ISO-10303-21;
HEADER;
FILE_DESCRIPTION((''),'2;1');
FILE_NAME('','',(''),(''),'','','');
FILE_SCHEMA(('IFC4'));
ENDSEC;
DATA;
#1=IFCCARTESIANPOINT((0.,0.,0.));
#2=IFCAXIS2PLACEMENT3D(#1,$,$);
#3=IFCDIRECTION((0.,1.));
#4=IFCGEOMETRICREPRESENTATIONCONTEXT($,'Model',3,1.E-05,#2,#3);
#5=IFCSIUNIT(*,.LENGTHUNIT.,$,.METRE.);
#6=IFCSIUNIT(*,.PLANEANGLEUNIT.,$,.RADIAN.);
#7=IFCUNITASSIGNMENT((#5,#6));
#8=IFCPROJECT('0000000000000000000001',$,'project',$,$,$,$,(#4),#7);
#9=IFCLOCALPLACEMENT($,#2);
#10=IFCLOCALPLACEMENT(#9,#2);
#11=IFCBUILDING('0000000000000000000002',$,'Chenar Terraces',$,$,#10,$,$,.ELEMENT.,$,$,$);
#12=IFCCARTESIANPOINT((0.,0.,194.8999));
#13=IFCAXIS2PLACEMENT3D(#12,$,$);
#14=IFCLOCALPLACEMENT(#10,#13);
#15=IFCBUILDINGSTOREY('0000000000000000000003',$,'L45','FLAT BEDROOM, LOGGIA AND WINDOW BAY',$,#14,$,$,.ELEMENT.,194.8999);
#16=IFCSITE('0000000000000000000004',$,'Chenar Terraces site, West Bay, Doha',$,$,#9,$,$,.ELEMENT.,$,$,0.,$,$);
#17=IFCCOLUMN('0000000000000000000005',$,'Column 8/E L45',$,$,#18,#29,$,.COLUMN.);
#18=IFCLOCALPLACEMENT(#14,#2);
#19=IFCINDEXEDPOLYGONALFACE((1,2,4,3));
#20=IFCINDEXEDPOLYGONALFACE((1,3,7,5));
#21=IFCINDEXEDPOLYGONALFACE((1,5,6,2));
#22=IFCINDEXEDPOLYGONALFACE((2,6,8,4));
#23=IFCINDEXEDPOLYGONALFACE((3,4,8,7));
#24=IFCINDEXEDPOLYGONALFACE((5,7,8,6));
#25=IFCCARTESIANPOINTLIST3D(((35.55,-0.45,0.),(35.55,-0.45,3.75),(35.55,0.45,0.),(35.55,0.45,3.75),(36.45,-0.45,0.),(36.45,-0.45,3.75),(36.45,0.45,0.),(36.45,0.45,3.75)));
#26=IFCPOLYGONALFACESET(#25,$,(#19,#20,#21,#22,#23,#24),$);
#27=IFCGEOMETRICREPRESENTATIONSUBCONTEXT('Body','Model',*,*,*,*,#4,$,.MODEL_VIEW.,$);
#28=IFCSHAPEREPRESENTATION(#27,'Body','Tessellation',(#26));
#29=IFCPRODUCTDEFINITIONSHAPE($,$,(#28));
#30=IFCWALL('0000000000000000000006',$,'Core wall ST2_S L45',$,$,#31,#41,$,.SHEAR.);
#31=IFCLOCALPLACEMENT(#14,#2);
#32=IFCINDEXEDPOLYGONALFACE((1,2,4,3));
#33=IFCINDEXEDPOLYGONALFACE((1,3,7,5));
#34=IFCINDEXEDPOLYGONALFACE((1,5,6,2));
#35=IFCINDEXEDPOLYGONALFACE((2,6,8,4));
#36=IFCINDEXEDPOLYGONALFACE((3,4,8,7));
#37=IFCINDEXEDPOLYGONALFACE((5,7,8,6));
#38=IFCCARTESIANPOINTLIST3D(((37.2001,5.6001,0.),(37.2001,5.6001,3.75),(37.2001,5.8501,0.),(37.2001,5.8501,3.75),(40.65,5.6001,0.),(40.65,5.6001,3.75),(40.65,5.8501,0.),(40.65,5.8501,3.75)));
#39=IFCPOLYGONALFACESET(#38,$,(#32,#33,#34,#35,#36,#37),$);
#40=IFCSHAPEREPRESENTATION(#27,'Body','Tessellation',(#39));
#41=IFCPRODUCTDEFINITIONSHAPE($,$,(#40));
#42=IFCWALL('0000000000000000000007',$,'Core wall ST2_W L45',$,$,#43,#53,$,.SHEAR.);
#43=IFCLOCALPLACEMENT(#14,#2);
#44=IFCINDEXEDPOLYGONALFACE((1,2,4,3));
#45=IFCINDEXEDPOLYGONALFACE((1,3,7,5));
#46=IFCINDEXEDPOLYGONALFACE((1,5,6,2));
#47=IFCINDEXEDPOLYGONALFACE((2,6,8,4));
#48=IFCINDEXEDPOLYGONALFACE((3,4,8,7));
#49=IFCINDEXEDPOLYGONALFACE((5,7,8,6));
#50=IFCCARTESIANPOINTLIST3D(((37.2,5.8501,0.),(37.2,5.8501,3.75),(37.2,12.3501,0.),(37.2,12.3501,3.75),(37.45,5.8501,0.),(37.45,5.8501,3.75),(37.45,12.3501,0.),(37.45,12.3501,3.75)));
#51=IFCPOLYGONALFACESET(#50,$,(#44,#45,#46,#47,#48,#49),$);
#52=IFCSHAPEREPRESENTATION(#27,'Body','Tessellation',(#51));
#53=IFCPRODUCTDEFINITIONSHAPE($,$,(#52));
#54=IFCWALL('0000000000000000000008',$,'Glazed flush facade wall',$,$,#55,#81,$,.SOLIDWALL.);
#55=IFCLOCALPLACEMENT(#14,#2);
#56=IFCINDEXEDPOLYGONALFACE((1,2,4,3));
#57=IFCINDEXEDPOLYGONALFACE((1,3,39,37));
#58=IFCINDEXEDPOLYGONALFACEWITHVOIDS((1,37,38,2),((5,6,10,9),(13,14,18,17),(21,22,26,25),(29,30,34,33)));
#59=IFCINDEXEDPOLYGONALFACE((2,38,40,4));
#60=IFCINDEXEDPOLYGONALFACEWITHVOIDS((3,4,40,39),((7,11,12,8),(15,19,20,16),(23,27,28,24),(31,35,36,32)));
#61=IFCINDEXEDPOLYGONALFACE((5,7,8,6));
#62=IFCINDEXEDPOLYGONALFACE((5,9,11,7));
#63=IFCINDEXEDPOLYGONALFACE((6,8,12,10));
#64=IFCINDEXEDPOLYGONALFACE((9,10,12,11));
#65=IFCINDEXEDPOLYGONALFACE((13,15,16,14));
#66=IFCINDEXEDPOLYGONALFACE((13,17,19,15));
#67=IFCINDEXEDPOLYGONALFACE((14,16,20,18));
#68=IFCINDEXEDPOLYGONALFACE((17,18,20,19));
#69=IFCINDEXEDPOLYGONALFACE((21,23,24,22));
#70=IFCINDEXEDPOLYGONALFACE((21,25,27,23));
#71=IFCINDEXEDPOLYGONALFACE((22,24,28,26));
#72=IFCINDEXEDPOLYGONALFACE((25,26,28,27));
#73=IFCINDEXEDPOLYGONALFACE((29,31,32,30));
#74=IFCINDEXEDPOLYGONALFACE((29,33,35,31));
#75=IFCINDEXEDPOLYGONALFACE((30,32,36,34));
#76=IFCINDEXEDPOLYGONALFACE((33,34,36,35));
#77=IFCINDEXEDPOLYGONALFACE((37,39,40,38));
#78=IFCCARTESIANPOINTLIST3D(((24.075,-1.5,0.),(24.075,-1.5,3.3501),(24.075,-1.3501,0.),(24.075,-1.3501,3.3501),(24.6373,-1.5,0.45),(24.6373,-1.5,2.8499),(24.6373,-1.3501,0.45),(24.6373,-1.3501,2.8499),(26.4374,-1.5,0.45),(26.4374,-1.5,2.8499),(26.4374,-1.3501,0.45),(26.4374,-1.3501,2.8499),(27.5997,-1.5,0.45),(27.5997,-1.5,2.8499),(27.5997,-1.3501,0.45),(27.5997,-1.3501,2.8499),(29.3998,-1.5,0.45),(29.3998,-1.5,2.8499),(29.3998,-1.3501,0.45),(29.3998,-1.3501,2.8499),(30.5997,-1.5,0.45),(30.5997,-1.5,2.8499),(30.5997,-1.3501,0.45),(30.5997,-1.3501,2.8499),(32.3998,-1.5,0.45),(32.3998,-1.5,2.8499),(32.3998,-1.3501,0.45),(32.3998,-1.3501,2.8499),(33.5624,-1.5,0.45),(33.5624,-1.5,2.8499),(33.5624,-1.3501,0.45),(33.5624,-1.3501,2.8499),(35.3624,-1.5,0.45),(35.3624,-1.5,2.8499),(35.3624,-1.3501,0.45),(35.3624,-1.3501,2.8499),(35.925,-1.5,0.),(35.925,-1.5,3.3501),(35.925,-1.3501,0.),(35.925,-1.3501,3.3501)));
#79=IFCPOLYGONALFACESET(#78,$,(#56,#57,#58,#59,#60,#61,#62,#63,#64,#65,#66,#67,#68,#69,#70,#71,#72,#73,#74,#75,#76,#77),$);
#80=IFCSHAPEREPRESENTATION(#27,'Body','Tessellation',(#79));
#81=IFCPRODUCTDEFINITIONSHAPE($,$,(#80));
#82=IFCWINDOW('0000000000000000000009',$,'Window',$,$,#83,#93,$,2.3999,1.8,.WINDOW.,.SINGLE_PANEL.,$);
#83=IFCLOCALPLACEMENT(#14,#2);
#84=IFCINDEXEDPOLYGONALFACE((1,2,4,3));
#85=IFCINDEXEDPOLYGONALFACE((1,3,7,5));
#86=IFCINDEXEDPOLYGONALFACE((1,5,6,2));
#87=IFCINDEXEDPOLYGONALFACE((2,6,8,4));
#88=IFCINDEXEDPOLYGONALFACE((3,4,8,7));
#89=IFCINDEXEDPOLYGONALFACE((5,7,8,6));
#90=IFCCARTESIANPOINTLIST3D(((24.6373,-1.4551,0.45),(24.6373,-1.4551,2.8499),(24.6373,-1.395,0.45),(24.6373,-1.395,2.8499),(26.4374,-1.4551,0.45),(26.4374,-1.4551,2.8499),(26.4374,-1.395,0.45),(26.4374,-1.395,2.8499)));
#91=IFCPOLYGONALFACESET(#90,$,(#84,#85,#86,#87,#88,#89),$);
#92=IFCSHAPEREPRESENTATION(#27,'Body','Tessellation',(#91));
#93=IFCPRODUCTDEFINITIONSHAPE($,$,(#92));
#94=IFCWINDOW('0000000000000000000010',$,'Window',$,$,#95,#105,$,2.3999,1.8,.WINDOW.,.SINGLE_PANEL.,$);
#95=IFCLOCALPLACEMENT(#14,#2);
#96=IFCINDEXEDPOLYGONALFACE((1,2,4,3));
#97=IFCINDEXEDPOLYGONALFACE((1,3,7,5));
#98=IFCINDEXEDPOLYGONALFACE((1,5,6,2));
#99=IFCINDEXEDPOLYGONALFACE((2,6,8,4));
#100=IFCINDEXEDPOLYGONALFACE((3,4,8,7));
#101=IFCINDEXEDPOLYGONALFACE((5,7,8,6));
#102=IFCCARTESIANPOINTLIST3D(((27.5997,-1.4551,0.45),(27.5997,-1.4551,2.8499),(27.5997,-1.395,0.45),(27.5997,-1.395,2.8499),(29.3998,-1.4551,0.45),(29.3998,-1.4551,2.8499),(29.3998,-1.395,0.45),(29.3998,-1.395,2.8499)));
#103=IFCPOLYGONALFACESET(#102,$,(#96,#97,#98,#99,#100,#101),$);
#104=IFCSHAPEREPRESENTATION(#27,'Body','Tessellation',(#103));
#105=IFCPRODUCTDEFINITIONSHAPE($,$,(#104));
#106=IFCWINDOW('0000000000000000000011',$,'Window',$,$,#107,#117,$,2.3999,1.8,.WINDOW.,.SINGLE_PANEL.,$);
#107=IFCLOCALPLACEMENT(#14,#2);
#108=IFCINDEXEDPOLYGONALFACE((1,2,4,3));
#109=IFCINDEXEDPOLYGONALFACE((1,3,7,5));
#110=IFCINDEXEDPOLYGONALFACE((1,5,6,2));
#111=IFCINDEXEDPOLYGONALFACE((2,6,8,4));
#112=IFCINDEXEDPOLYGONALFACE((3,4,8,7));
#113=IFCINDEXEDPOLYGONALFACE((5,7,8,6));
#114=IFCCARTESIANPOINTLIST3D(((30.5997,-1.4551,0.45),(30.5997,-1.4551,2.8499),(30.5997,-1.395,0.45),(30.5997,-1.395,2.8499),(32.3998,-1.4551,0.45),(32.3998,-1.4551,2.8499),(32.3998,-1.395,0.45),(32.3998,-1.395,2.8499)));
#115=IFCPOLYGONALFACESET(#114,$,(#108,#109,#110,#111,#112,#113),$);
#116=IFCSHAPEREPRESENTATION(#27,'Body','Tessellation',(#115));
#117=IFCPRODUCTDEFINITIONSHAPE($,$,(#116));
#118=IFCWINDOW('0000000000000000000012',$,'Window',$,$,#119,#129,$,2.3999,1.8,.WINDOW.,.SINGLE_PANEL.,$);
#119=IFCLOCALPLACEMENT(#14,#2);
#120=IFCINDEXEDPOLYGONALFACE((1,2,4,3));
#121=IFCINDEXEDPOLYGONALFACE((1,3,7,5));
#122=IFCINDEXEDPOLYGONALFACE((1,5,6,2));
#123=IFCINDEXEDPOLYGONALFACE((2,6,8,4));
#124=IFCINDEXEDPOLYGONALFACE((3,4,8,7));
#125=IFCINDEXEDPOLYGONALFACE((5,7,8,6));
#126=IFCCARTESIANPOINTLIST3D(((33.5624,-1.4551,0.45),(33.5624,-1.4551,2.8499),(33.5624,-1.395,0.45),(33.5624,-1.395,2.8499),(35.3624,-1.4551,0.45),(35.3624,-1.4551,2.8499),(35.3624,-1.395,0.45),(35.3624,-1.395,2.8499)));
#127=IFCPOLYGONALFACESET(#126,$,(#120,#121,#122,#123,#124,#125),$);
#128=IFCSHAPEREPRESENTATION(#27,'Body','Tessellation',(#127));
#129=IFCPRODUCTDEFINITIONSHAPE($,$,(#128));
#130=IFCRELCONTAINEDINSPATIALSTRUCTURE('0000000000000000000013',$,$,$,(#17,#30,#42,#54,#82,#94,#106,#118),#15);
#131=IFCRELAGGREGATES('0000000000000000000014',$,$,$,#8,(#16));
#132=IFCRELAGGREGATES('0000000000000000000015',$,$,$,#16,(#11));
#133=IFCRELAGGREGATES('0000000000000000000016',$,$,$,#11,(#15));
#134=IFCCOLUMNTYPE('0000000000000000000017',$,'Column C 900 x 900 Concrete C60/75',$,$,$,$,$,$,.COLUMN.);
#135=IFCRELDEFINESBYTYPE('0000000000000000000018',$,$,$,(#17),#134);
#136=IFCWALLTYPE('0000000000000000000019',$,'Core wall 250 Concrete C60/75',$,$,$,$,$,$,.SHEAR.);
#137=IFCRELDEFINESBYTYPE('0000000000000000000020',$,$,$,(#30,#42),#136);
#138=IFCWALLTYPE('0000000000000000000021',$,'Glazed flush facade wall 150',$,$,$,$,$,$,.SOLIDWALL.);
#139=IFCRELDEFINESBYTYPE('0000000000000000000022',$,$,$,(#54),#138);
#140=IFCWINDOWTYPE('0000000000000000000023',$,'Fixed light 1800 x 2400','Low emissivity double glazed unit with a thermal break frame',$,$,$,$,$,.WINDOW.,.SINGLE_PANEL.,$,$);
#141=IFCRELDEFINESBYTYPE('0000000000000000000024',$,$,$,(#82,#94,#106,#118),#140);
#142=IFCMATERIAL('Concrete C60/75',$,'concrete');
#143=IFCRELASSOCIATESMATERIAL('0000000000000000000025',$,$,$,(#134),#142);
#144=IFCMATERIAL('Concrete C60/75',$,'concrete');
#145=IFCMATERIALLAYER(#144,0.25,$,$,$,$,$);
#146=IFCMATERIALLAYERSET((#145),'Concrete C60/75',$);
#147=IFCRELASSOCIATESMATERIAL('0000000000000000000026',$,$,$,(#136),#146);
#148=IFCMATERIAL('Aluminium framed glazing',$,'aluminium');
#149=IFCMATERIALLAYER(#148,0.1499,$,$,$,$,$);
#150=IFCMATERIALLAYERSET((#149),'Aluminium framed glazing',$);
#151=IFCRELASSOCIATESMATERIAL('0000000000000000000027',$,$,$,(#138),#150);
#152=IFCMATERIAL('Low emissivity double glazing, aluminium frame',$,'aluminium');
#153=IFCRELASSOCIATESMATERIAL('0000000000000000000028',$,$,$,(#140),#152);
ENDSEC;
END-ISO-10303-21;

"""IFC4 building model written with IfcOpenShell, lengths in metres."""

from ifc_helpers import new_model, si_unit, direction, frame, frame_2d, origin, origin_2d, place, context, subcontext, project, spatial, rectangle, extrude, material, layer, layer_set, material_profile, profile_set, type_object, element, fill, save


model = new_model("IFC4")

# Units and contexts
model_context = context("Model", 3, precision=1e-05, world=origin(), true_north=direction((0.0, 1.0)))
body_context = subcontext(model_context, "Body", "Model", "MODEL_VIEW")
ifc_project = project(units=[si_unit("LENGTHUNIT", "METRE"), si_unit("PLANEANGLEUNIT", "RADIAN")], contexts=[model_context])

# Site, building, storey
site_placement = place(None, origin())
site = spatial("IfcSite", under=ifc_project, at=site_placement, Name="Chenar Terraces site, West Bay, Doha", CompositionType="ELEMENT", RefElevation=0.0)
building_placement = place(site_placement, origin())
building = spatial("IfcBuilding", under=site, at=building_placement, Name="Chenar Terraces", CompositionType="ELEMENT")
storey_placement = place(building_placement, frame((0.0, 0.0, 194.8999)))
storey = spatial("IfcBuildingStorey", under=building, at=storey_placement, Name="L45", Description="FLAT BEDROOM, LOGGIA AND WINDOW BAY", CompositionType="ELEMENT", Elevation=194.8999)

# Column
ifc_material_1 = material(Name="Concrete C60/75", Category="concrete")
ifc_material_profile_1 = material_profile(ifc_material_1, rectangle(XDim=0.8999, YDim=0.8999, at=origin_2d()), Name="C 900 x 900")
ifc_profile_set_1 = profile_set([ifc_material_profile_1], Name="Concrete C60/75")
column_type = type_object("IfcColumnType", Name="Column C 900 x 900 Concrete C60/75", PredefinedType="COLUMN", material=ifc_profile_set_1)
column_placement = place(storey_placement, frame((36.0, 0.0, 0.0), z_axis=(0.0, 0.0, 1.0), x_axis=(1.0, 0.0, 0.0)))
element("IfcColumn", 1, at=column_placement, inside=storey, type_object=column_type, Name="Column 8/E L45", PredefinedType="COLUMN", context=body_context, shape_type="SweptSolid", body=[
    extrude(rectangle(XDim=0.8999, YDim=0.8999, at=origin_2d()), origin(), (0.0, 0.0, 1.0), 3.75),
])

# Walls
ifc_material_2 = material(Name="Concrete C60/75", Category="concrete")
ifc_layer_1 = layer(ifc_material_2, 0.25)
ifc_layer_set_1 = layer_set([ifc_layer_1], Name="Concrete C60/75")
wall_type_1 = type_object("IfcWallType", Name="Core wall 250 Concrete C60/75", PredefinedType="SHEAR", material=ifc_layer_set_1)
wall_1_placement = place(storey_placement, frame((37.2, 5.7251, 0.0), z_axis=(0.0, 0.0, 1.0), x_axis=(1.0, 0.0, 0.0)))
element("IfcWall", 2, at=wall_1_placement, inside=storey, type_object=wall_type_1, Name="Core wall ST2_S L45", PredefinedType="SHEAR", context=body_context, shape_type="SweptSolid", body=[
    extrude(rectangle(XDim=3.45, YDim=0.25, at=frame_2d((1.7251, 0.0))), origin(), (0.0, 0.0, 1.0), 3.75),
])
wall_2_placement = place(storey_placement, frame((37.325, 5.8501, 0.0), z_axis=(0.0, 0.0, 1.0), x_axis=(0.0, 1.0, 0.0)))
element("IfcWall", 3, at=wall_2_placement, inside=storey, type_object=wall_type_1, Name="Core wall ST2_W L45", PredefinedType="SHEAR", context=body_context, shape_type="SweptSolid", body=[
    extrude(rectangle(XDim=6.5, YDim=0.25, at=frame_2d((3.25, 0.0))), origin(), (0.0, 0.0, 1.0), 3.75),
])

# Wall, openings, windows
ifc_material_3 = material(Name="Aluminium framed glazing", Category="aluminium")
ifc_layer_2 = layer(ifc_material_3, 0.1499)
ifc_layer_set_2 = layer_set([ifc_layer_2], Name="Aluminium framed glazing")
wall_type_2 = type_object("IfcWallType", Name="Glazed flush facade wall 150", PredefinedType="SOLIDWALL", material=ifc_layer_set_2)
wall_3_placement = place(storey_placement, frame((24.075, -1.425, 0.0), z_axis=(0.0, 0.0, 1.0), x_axis=(1.0, 0.0, 0.0)))
wall_3 = element("IfcWall", 4, at=wall_3_placement, inside=storey, type_object=wall_type_2, Name="Glazed flush facade wall", PredefinedType="SOLIDWALL", context=body_context, shape_type="SweptSolid", body=[
    extrude(rectangle(XDim=11.8501, YDim=0.1499, at=frame_2d((5.925, 0.0))), origin(), (0.0, 0.0, 1.0), 3.3501),
])
opening_1_placement = place(wall_3_placement, frame((0.5625, 0.0, 0.45)))
opening_1 = element("IfcOpeningElement", 5, at=opening_1_placement, cuts=wall_3, PredefinedType="OPENING", context=body_context, shape_type="SweptSolid", body=[
    extrude(rectangle(XDim=1.8, YDim=2.3999, at=frame_2d((0.8999, 1.2))), frame((0.0, 0.085, 0.0), z_axis=(0.0, -1.0, 0.0), x_axis=(1.0, 0.0, 0.0)), (0.0, 0.0, 1.0), 0.1699),
])
opening_2_placement = place(wall_3_placement, frame((3.5249, 0.0, 0.45)))
opening_2 = element("IfcOpeningElement", 6, at=opening_2_placement, cuts=wall_3, PredefinedType="OPENING", context=body_context, shape_type="SweptSolid", body=[
    extrude(rectangle(XDim=1.8, YDim=2.3999, at=frame_2d((0.8999, 1.2))), frame((0.0, 0.085, 0.0), z_axis=(0.0, -1.0, 0.0), x_axis=(1.0, 0.0, 0.0)), (0.0, 0.0, 1.0), 0.1699),
])
opening_3_placement = place(wall_3_placement, frame((6.5249, 0.0, 0.45)))
opening_3 = element("IfcOpeningElement", 7, at=opening_3_placement, cuts=wall_3, PredefinedType="OPENING", context=body_context, shape_type="SweptSolid", body=[
    extrude(rectangle(XDim=1.8, YDim=2.3999, at=frame_2d((0.8999, 1.2))), frame((0.0, 0.085, 0.0), z_axis=(0.0, -1.0, 0.0), x_axis=(1.0, 0.0, 0.0)), (0.0, 0.0, 1.0), 0.1699),
])
opening_4_placement = place(wall_3_placement, frame((9.4875, 0.0, 0.45)))
opening_4 = element("IfcOpeningElement", 8, at=opening_4_placement, cuts=wall_3, PredefinedType="OPENING", context=body_context, shape_type="SweptSolid", body=[
    extrude(rectangle(XDim=1.8, YDim=2.3999, at=frame_2d((0.8999, 1.2))), frame((0.0, 0.085, 0.0), z_axis=(0.0, -1.0, 0.0), x_axis=(1.0, 0.0, 0.0)), (0.0, 0.0, 1.0), 0.1699),
])
ifc_material_4 = material(Name="Low emissivity double glazing, aluminium frame", Category="aluminium")
window_type_1 = type_object("IfcWindowType", Name="Fixed light 1800 x 2400", Description="Low emissivity double glazed unit with a thermal break frame", PartitioningType="SINGLE_PANEL", PredefinedType="WINDOW", material=ifc_material_4)
window_1_placement = place(opening_1_placement, origin())
window_1 = element("IfcWindow", 9, at=window_1_placement, inside=storey, type_object=window_type_1, Name="Window", OverallHeight=2.3999, OverallWidth=1.8, PartitioningType="SINGLE_PANEL", PredefinedType="WINDOW", context=body_context, shape_type="SweptSolid", body=[
    extrude(rectangle(XDim=1.8, YDim=2.3999, at=frame_2d((0.8999, 1.2))), frame((0.0, 0.03, 0.0), z_axis=(0.0, -1.0, 0.0), x_axis=(1.0, 0.0, 0.0)), (0.0, 0.0, 1.0), 0.0601),
])
fill(opening_1, window_1)
window_2_placement = place(opening_2_placement, origin())
window_2 = element("IfcWindow", 10, at=window_2_placement, inside=storey, type_object=window_type_1, Name="Window", OverallHeight=2.3999, OverallWidth=1.8, PartitioningType="SINGLE_PANEL", PredefinedType="WINDOW", context=body_context, shape_type="SweptSolid", body=[
    extrude(rectangle(XDim=1.8, YDim=2.3999, at=frame_2d((0.8999, 1.2))), frame((0.0, 0.03, 0.0), z_axis=(0.0, -1.0, 0.0), x_axis=(1.0, 0.0, 0.0)), (0.0, 0.0, 1.0), 0.0601),
])
fill(opening_2, window_2)
window_3_placement = place(opening_3_placement, origin())
window_3 = element("IfcWindow", 11, at=window_3_placement, inside=storey, type_object=window_type_1, Name="Window", OverallHeight=2.3999, OverallWidth=1.8, PartitioningType="SINGLE_PANEL", PredefinedType="WINDOW", context=body_context, shape_type="SweptSolid", body=[
    extrude(rectangle(XDim=1.8, YDim=2.3999, at=frame_2d((0.8999, 1.2))), frame((0.0, 0.03, 0.0), z_axis=(0.0, -1.0, 0.0), x_axis=(1.0, 0.0, 0.0)), (0.0, 0.0, 1.0), 0.0601),
])
fill(opening_3, window_3)
window_4_placement = place(opening_4_placement, origin())
window_4 = element("IfcWindow", 12, at=window_4_placement, inside=storey, type_object=window_type_1, Name="Window", OverallHeight=2.3999, OverallWidth=1.8, PartitioningType="SINGLE_PANEL", PredefinedType="WINDOW", context=body_context, shape_type="SweptSolid", body=[
    extrude(rectangle(XDim=1.8, YDim=2.3999, at=frame_2d((0.8999, 1.2))), frame((0.0, 0.03, 0.0), z_axis=(0.0, -1.0, 0.0), x_axis=(1.0, 0.0, 0.0)), (0.0, 0.0, 1.0), 0.0601),
])
fill(opening_4, window_4)

save(model, "model.ifc")
